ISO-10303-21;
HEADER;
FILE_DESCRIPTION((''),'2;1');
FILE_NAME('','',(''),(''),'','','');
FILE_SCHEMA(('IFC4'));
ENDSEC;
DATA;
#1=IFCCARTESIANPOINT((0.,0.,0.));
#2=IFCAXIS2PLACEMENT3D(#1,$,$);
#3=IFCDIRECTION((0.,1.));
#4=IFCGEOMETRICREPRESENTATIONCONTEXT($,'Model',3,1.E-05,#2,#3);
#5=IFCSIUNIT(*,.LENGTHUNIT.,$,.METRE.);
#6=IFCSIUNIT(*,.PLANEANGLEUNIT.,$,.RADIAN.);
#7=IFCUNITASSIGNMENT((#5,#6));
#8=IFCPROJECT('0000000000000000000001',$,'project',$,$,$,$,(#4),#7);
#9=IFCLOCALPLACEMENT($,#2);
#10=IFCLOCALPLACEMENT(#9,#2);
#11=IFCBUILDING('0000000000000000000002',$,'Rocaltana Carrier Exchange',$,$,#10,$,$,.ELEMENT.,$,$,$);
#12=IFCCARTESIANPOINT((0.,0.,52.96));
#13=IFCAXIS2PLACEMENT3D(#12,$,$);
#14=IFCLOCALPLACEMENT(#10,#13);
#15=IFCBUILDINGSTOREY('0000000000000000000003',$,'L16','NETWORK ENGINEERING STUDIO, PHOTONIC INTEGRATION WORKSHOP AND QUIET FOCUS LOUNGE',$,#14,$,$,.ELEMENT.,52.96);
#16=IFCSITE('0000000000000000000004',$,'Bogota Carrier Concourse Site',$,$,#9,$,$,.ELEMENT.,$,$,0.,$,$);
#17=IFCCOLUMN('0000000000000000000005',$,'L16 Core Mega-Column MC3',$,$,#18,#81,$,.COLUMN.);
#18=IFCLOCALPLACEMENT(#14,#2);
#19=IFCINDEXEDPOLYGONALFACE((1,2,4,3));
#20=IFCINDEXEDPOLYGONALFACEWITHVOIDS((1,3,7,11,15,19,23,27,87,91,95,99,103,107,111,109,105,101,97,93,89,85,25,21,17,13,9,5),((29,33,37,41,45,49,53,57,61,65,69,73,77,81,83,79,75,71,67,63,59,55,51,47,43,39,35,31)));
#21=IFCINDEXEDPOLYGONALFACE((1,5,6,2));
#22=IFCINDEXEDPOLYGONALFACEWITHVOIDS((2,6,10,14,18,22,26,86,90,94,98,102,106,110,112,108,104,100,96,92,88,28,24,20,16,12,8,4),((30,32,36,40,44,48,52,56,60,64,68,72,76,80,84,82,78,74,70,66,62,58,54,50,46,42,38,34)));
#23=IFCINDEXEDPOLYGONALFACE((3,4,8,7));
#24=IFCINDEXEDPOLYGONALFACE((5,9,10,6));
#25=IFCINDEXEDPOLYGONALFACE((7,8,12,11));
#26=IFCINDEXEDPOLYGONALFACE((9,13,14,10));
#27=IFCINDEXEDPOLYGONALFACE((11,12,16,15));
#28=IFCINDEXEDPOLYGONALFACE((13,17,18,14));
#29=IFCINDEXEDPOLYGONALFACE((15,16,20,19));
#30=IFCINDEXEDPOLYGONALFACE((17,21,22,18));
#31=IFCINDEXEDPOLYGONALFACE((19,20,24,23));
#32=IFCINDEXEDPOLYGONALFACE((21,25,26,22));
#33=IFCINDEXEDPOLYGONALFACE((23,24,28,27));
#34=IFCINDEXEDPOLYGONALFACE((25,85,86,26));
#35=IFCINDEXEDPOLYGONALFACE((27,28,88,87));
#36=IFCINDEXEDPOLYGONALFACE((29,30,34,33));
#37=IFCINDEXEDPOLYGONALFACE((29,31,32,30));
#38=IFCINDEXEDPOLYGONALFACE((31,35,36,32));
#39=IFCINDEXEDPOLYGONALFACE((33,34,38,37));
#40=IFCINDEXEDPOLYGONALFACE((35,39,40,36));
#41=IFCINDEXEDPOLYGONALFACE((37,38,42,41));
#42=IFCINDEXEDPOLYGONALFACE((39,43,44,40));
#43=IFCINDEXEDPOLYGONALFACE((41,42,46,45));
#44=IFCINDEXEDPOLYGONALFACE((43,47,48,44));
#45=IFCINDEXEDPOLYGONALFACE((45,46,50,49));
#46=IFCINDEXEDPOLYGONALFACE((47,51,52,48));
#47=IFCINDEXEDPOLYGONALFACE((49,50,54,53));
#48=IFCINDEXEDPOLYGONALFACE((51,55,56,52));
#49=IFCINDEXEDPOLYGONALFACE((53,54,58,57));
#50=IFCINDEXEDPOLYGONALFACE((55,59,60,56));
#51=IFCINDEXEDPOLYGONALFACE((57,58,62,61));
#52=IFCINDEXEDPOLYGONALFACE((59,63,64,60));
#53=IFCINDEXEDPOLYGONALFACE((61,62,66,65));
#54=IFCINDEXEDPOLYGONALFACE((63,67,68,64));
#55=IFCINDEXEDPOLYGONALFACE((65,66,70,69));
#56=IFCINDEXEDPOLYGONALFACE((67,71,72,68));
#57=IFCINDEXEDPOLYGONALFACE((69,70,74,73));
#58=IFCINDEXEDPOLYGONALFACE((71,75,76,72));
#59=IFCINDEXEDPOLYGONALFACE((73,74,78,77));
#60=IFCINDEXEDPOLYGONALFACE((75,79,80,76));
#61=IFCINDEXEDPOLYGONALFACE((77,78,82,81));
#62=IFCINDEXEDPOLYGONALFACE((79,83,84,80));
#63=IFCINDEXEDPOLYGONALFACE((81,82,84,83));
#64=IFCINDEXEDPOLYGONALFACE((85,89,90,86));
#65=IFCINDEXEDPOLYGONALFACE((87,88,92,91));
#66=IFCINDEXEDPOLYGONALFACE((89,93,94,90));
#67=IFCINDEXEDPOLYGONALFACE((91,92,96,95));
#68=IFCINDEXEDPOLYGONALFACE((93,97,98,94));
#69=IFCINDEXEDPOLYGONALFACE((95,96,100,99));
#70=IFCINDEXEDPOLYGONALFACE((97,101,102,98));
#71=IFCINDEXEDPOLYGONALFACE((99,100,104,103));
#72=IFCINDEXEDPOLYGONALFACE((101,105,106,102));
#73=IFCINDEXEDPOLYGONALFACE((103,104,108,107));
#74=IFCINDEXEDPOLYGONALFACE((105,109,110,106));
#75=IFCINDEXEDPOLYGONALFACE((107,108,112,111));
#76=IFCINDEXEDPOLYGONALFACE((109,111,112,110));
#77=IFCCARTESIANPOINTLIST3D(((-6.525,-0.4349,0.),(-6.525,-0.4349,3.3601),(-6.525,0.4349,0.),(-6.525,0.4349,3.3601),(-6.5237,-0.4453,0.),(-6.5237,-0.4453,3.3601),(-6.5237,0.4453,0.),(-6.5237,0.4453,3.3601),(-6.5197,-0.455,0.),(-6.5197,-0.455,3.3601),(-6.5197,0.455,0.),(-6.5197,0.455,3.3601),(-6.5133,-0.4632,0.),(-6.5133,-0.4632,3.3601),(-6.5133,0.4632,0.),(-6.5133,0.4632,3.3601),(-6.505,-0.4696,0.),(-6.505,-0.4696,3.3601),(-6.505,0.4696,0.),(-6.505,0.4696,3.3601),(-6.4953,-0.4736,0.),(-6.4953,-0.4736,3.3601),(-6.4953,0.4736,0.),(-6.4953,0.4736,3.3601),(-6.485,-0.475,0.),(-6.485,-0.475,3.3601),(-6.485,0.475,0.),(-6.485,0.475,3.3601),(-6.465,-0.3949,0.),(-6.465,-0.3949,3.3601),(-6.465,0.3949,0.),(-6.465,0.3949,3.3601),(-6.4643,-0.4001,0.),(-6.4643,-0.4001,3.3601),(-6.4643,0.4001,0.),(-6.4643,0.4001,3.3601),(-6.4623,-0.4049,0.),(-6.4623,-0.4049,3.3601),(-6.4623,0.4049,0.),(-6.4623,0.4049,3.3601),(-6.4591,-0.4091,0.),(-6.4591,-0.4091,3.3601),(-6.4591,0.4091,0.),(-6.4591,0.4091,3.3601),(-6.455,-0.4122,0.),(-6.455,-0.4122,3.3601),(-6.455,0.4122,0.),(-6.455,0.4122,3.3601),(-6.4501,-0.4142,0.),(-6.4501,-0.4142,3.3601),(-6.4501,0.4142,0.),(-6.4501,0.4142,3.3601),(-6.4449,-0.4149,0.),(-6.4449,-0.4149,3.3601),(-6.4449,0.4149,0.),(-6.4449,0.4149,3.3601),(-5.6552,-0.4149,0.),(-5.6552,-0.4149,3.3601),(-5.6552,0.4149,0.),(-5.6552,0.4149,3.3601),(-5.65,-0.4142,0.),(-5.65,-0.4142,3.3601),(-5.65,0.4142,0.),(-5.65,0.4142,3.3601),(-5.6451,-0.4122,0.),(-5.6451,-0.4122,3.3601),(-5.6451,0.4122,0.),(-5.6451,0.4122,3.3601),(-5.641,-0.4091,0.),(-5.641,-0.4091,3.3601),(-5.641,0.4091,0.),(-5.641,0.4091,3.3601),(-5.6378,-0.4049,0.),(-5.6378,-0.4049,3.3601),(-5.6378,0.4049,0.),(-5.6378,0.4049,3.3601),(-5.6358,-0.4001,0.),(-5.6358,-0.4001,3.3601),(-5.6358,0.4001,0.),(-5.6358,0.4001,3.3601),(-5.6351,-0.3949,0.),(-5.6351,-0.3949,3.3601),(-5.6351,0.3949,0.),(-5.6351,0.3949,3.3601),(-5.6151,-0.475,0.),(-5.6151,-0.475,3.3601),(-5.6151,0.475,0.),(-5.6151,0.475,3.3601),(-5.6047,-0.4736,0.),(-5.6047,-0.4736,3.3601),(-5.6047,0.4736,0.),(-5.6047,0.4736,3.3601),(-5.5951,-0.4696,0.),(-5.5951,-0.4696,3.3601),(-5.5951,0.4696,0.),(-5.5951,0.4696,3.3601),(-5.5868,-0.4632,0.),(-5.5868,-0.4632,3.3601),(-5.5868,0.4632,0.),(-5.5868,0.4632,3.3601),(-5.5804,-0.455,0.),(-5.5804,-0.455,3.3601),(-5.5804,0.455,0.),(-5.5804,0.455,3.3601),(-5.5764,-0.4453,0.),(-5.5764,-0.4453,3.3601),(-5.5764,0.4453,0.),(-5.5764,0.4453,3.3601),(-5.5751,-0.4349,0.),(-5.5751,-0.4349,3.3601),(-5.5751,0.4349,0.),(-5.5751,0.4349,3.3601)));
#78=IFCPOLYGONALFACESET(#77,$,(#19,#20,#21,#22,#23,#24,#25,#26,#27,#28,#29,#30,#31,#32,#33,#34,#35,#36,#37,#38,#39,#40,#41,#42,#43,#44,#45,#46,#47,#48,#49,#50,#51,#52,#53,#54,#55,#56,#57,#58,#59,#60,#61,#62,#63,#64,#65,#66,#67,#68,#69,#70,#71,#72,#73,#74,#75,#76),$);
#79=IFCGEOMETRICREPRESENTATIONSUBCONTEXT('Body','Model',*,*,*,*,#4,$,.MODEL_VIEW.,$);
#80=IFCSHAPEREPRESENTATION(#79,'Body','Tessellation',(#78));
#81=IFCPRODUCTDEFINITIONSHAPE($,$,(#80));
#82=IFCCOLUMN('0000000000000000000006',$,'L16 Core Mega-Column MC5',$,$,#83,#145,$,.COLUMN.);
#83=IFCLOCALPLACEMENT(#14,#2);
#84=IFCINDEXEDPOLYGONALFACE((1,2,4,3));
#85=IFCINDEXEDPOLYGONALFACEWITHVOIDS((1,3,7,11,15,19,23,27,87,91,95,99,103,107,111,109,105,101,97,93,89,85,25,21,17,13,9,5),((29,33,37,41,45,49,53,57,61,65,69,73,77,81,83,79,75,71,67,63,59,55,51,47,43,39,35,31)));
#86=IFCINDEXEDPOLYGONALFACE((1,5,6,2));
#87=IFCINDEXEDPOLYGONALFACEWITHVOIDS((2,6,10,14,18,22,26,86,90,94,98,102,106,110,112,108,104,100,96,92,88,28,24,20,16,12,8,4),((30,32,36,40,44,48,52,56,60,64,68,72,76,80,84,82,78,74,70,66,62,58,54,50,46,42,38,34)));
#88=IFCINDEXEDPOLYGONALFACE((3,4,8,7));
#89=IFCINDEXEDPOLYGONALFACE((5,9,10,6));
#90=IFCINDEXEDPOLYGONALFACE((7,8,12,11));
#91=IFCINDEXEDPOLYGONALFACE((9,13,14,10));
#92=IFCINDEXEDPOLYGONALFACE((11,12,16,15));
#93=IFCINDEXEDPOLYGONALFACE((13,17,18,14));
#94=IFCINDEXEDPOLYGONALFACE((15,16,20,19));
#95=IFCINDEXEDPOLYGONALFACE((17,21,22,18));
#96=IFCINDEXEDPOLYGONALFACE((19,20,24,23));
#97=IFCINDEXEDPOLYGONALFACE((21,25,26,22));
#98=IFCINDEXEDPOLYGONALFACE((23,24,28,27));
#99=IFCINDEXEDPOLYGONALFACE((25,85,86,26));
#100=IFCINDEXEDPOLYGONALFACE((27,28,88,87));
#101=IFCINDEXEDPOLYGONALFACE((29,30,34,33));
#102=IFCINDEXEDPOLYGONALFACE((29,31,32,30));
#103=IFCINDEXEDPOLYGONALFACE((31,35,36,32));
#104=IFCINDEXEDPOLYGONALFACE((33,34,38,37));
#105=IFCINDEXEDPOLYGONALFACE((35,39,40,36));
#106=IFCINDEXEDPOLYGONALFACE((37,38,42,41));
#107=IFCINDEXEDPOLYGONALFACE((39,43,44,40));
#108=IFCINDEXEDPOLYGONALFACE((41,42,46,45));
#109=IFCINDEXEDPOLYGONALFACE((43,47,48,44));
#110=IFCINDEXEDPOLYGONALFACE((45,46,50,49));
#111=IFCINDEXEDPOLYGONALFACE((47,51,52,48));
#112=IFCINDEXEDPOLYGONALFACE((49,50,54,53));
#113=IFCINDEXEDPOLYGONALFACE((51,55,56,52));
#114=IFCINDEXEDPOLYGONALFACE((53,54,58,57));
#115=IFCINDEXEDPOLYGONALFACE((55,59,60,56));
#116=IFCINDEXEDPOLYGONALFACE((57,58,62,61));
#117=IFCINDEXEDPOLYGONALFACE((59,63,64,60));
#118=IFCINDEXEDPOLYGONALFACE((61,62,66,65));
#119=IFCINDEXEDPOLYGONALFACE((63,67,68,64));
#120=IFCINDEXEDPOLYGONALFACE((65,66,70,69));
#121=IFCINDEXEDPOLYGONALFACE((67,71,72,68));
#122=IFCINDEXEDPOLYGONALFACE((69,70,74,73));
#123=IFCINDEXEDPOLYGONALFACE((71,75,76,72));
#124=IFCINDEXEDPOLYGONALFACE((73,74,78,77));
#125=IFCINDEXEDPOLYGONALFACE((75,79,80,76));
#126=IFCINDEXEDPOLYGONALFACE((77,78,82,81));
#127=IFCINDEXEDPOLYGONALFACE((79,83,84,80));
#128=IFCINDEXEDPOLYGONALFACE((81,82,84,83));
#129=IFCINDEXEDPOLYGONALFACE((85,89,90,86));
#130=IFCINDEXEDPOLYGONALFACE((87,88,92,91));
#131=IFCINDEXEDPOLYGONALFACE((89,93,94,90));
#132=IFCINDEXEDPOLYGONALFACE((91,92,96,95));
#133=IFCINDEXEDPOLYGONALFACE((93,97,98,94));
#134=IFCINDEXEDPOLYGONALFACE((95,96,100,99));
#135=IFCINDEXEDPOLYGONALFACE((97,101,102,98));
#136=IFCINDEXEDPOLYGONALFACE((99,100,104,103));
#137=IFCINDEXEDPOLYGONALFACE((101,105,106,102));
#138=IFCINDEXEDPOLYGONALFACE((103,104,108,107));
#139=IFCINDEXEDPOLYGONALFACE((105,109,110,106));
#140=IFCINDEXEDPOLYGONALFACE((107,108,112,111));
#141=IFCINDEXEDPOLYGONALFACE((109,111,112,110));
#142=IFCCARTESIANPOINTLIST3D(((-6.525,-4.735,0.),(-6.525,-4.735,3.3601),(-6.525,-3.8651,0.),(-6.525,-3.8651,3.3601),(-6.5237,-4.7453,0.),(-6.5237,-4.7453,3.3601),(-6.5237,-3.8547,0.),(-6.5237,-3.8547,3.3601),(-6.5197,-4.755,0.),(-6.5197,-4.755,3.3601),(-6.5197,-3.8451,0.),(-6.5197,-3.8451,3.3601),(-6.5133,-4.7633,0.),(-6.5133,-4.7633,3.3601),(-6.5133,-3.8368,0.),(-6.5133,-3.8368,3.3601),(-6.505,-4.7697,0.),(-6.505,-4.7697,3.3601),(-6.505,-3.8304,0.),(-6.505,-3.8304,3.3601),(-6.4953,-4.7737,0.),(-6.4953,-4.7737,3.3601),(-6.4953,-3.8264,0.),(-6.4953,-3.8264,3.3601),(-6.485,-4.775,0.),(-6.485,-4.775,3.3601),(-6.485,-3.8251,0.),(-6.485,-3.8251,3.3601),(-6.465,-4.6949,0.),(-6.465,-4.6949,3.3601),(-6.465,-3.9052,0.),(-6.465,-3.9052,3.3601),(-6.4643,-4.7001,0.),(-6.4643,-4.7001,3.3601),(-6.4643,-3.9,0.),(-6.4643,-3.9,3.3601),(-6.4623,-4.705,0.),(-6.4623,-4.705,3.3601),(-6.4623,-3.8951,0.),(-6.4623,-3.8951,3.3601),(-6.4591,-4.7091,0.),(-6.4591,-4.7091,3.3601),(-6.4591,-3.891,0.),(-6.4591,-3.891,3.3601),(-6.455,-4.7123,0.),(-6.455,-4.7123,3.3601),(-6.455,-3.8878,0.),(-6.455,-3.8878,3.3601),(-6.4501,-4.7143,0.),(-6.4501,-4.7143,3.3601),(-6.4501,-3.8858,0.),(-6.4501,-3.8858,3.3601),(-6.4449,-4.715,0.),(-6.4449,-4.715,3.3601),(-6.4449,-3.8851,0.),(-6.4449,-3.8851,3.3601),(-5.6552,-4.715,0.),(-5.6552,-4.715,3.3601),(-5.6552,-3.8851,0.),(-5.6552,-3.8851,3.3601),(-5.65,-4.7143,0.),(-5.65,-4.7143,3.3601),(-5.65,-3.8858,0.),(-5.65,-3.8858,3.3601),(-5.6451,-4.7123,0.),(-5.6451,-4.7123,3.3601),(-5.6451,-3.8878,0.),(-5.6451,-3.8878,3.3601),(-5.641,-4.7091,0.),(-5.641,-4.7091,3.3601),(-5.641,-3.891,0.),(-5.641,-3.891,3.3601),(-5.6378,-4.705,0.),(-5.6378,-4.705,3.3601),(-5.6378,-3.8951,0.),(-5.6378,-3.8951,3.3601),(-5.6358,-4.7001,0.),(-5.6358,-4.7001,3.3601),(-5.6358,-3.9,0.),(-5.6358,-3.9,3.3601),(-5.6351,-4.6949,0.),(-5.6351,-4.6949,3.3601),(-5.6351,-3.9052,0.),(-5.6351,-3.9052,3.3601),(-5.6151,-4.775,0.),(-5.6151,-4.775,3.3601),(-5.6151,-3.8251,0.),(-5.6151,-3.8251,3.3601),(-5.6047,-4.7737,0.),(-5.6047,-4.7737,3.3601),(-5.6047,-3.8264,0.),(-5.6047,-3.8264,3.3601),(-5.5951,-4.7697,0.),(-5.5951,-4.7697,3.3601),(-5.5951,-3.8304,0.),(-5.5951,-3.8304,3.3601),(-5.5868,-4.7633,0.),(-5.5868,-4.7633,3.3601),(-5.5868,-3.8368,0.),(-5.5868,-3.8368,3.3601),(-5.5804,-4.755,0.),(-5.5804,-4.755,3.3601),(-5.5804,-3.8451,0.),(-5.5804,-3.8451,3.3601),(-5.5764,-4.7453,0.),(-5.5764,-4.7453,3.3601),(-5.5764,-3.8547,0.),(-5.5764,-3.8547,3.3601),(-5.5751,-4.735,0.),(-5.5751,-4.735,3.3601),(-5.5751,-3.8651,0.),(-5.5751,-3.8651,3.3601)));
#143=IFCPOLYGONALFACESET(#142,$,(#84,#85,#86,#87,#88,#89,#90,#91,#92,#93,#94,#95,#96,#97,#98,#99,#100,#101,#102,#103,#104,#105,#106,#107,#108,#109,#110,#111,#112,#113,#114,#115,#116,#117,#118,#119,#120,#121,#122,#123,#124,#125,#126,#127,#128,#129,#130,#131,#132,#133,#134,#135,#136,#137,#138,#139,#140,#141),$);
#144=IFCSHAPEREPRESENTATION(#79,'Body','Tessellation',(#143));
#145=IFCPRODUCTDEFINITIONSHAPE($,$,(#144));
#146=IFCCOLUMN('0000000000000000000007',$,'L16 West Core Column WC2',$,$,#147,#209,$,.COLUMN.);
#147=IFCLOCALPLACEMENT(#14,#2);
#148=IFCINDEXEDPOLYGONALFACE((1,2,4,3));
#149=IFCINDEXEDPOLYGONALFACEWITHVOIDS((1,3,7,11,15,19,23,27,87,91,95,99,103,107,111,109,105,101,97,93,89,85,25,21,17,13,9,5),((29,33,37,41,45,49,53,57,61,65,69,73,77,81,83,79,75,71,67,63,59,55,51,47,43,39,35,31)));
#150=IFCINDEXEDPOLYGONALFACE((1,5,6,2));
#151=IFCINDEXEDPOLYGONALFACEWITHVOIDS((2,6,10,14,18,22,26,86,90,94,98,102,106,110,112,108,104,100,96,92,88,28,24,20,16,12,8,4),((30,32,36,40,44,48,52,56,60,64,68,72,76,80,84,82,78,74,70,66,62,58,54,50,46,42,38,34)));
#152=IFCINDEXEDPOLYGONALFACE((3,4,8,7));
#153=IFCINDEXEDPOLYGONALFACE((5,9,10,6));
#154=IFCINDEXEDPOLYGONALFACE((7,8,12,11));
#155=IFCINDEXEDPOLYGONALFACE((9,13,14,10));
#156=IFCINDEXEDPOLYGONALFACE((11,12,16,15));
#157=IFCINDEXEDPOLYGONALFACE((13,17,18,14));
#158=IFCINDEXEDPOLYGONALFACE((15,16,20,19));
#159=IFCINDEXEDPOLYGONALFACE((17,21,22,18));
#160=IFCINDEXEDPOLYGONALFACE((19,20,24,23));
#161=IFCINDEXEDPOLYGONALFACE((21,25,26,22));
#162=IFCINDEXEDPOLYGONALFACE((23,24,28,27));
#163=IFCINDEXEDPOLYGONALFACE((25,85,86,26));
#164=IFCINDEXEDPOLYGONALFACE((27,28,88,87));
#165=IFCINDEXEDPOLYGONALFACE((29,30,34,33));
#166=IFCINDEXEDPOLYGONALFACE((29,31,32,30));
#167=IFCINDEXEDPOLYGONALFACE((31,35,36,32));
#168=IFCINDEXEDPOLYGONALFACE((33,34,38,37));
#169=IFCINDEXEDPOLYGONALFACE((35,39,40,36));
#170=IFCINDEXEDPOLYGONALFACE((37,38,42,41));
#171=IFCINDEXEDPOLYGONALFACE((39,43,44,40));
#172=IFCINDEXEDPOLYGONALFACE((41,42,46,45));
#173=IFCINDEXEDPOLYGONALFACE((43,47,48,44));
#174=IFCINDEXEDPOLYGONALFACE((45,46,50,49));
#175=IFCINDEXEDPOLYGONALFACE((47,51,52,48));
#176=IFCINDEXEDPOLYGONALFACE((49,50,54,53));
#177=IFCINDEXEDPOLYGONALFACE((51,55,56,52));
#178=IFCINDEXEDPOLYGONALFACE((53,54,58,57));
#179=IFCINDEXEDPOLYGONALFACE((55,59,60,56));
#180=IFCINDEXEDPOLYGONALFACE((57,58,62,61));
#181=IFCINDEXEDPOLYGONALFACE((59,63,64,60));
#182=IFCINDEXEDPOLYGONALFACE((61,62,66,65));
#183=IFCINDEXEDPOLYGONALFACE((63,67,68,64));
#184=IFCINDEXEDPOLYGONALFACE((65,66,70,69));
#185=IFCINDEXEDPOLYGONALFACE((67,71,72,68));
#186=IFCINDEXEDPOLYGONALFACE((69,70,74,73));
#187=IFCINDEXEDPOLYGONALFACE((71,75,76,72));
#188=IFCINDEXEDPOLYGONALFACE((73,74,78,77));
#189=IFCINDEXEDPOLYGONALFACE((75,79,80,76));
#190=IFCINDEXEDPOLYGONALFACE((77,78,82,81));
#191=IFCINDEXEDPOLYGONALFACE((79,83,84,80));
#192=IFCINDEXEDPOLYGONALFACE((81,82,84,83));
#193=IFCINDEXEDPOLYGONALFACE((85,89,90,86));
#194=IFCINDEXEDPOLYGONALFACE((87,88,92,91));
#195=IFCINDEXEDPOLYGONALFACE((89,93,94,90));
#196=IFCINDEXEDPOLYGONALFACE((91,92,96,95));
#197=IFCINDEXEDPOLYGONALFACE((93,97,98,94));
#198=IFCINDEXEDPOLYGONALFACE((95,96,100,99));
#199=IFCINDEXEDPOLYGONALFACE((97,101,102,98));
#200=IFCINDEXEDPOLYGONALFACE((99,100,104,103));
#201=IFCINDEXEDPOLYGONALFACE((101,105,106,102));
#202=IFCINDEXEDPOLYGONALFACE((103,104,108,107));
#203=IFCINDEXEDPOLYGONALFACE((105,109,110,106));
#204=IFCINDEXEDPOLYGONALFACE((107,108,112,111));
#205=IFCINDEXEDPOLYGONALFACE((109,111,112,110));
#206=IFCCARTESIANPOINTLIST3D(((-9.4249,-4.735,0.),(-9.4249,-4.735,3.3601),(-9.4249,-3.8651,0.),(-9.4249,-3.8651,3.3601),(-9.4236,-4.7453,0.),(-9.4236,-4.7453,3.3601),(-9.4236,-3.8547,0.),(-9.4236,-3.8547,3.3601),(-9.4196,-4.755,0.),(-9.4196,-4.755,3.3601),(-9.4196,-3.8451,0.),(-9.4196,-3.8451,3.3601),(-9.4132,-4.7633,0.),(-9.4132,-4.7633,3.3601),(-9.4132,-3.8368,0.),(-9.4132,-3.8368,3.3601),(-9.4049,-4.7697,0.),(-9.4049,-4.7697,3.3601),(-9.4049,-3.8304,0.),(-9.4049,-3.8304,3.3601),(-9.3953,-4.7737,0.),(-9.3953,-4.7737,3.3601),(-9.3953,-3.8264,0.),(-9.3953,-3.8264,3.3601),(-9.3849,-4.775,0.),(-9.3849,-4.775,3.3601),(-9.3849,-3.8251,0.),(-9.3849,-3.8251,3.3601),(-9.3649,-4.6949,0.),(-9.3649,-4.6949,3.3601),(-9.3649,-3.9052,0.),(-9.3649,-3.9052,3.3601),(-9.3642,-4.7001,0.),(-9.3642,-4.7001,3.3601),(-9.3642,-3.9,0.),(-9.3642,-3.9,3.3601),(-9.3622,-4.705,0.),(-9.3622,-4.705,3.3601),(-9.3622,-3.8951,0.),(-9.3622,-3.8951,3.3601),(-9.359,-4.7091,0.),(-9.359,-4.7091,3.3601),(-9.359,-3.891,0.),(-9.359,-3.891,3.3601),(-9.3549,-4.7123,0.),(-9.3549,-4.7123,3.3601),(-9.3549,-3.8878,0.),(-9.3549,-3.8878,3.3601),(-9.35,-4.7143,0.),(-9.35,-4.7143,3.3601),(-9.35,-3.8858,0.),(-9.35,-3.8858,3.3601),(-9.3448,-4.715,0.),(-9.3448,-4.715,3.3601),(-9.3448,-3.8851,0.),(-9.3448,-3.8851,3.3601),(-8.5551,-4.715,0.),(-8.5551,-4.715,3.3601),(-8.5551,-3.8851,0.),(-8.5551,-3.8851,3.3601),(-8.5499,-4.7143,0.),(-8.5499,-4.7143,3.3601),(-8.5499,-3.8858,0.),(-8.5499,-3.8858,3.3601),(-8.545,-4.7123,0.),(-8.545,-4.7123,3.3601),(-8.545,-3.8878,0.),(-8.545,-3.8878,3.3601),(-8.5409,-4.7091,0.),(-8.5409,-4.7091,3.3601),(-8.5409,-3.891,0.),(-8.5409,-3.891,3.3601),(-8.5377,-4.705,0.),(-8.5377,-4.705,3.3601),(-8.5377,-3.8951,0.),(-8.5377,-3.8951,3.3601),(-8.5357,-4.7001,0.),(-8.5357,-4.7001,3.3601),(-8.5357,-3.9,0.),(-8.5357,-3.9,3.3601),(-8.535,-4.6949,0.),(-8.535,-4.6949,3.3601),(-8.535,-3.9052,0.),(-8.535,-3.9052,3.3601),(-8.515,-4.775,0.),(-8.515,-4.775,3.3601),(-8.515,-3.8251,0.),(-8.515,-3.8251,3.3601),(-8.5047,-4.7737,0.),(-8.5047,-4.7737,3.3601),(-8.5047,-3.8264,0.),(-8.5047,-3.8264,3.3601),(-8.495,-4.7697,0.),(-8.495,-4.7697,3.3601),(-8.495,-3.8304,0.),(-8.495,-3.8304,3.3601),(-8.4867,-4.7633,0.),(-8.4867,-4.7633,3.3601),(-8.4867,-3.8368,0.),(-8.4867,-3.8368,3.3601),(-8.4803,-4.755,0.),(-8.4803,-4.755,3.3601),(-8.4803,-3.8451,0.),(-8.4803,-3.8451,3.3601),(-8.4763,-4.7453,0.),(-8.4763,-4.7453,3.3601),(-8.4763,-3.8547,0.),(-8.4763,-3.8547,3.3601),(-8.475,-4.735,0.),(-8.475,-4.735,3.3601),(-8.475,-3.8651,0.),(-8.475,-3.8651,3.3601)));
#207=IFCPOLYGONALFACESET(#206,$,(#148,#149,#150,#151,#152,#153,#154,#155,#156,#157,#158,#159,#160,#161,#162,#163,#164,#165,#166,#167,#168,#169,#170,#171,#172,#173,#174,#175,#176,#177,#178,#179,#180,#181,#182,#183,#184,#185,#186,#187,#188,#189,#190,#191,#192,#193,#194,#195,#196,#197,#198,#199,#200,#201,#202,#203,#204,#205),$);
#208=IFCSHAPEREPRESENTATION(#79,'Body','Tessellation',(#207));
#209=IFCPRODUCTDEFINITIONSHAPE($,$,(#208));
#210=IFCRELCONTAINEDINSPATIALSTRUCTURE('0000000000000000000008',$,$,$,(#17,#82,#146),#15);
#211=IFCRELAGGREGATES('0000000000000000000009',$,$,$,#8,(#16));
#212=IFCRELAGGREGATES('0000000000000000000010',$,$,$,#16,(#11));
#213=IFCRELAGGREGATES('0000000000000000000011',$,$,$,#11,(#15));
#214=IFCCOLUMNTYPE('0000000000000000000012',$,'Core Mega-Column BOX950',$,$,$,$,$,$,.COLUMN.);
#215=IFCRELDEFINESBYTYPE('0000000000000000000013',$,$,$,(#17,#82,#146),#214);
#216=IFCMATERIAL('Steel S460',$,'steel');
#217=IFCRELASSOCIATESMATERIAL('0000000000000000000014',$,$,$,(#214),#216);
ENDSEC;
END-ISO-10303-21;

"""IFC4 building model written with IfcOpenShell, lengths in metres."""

from ifc_helpers import new_model, si_unit, direction, frame, origin, origin_2d, place, context, subcontext, project, spatial, hollow_rectangle, extrude, material, material_profile, profile_set, type_object, element, save


model = new_model("IFC4")

# Units and contexts
model_context = context("Model", 3, precision=1e-05, world=origin(), true_north=direction((0.0, 1.0)))
body_context = subcontext(model_context, "Body", "Model", "MODEL_VIEW")
ifc_project = project(units=[si_unit("LENGTHUNIT", "METRE"), si_unit("PLANEANGLEUNIT", "RADIAN")], contexts=[model_context])

# Site, building, storey
site_placement = place(None, origin())
site = spatial("IfcSite", under=ifc_project, at=site_placement, Name="Bogota Carrier Concourse Site", CompositionType="ELEMENT", RefElevation=0.0)
building_placement = place(site_placement, origin())
building = spatial("IfcBuilding", under=site, at=building_placement, Name="Rocaltana Carrier Exchange", CompositionType="ELEMENT")
storey_placement = place(building_placement, frame((0.0, 0.0, 52.96)))
storey = spatial("IfcBuildingStorey", under=building, at=storey_placement, Name="L16", Description="NETWORK ENGINEERING STUDIO, PHOTONIC INTEGRATION WORKSHOP AND QUIET FOCUS LOUNGE", CompositionType="ELEMENT", Elevation=52.96)

# Columns
ifc_material_1 = material(Name="Steel S460", Category="steel")
ifc_material_profile_1 = material_profile(ifc_material_1, hollow_rectangle(XDim=0.95, YDim=0.95, WallThickness=0.0601, InnerFilletRadius=0.02, OuterFilletRadius=0.04, at=origin_2d()), Name="BOX950X950X60")
ifc_profile_set_1 = profile_set([ifc_material_profile_1], Name="Steel S460")
column_type = type_object("IfcColumnType", Name="Core Mega-Column BOX950", PredefinedType="COLUMN", material=ifc_profile_set_1)
for number, where, z_axis, x_axis, name in (
    (1, (-6.05, 0.0, 0.0), (0.0, 0.0, 1.0), (1.0, 0.0, 0.0), "L16 Core Mega-Column MC3"),
    (2, (-6.05, -4.3, 0.0), (0.0, 0.0, 1.0), (1.0, 0.0, 0.0), "L16 Core Mega-Column MC5"),
    (3, (-8.95, -4.3, 0.0), (0.0, 0.0, 1.0), (1.0, 0.0, 0.0), "L16 West Core Column WC2"),
):
    element("IfcColumn", number, at=place(storey_placement, frame(where, z_axis=z_axis, x_axis=x_axis)), inside=storey, type_object=column_type, Name=name, PredefinedType="COLUMN", context=body_context, shape_type="SweptSolid", body=[
        extrude(hollow_rectangle(XDim=0.95, YDim=0.95, WallThickness=0.0601, InnerFilletRadius=0.02, OuterFilletRadius=0.04, at=origin_2d()), origin(), (0.0, 0.0, 1.0), 3.3601),
    ])

save(model, "model.ifc")
